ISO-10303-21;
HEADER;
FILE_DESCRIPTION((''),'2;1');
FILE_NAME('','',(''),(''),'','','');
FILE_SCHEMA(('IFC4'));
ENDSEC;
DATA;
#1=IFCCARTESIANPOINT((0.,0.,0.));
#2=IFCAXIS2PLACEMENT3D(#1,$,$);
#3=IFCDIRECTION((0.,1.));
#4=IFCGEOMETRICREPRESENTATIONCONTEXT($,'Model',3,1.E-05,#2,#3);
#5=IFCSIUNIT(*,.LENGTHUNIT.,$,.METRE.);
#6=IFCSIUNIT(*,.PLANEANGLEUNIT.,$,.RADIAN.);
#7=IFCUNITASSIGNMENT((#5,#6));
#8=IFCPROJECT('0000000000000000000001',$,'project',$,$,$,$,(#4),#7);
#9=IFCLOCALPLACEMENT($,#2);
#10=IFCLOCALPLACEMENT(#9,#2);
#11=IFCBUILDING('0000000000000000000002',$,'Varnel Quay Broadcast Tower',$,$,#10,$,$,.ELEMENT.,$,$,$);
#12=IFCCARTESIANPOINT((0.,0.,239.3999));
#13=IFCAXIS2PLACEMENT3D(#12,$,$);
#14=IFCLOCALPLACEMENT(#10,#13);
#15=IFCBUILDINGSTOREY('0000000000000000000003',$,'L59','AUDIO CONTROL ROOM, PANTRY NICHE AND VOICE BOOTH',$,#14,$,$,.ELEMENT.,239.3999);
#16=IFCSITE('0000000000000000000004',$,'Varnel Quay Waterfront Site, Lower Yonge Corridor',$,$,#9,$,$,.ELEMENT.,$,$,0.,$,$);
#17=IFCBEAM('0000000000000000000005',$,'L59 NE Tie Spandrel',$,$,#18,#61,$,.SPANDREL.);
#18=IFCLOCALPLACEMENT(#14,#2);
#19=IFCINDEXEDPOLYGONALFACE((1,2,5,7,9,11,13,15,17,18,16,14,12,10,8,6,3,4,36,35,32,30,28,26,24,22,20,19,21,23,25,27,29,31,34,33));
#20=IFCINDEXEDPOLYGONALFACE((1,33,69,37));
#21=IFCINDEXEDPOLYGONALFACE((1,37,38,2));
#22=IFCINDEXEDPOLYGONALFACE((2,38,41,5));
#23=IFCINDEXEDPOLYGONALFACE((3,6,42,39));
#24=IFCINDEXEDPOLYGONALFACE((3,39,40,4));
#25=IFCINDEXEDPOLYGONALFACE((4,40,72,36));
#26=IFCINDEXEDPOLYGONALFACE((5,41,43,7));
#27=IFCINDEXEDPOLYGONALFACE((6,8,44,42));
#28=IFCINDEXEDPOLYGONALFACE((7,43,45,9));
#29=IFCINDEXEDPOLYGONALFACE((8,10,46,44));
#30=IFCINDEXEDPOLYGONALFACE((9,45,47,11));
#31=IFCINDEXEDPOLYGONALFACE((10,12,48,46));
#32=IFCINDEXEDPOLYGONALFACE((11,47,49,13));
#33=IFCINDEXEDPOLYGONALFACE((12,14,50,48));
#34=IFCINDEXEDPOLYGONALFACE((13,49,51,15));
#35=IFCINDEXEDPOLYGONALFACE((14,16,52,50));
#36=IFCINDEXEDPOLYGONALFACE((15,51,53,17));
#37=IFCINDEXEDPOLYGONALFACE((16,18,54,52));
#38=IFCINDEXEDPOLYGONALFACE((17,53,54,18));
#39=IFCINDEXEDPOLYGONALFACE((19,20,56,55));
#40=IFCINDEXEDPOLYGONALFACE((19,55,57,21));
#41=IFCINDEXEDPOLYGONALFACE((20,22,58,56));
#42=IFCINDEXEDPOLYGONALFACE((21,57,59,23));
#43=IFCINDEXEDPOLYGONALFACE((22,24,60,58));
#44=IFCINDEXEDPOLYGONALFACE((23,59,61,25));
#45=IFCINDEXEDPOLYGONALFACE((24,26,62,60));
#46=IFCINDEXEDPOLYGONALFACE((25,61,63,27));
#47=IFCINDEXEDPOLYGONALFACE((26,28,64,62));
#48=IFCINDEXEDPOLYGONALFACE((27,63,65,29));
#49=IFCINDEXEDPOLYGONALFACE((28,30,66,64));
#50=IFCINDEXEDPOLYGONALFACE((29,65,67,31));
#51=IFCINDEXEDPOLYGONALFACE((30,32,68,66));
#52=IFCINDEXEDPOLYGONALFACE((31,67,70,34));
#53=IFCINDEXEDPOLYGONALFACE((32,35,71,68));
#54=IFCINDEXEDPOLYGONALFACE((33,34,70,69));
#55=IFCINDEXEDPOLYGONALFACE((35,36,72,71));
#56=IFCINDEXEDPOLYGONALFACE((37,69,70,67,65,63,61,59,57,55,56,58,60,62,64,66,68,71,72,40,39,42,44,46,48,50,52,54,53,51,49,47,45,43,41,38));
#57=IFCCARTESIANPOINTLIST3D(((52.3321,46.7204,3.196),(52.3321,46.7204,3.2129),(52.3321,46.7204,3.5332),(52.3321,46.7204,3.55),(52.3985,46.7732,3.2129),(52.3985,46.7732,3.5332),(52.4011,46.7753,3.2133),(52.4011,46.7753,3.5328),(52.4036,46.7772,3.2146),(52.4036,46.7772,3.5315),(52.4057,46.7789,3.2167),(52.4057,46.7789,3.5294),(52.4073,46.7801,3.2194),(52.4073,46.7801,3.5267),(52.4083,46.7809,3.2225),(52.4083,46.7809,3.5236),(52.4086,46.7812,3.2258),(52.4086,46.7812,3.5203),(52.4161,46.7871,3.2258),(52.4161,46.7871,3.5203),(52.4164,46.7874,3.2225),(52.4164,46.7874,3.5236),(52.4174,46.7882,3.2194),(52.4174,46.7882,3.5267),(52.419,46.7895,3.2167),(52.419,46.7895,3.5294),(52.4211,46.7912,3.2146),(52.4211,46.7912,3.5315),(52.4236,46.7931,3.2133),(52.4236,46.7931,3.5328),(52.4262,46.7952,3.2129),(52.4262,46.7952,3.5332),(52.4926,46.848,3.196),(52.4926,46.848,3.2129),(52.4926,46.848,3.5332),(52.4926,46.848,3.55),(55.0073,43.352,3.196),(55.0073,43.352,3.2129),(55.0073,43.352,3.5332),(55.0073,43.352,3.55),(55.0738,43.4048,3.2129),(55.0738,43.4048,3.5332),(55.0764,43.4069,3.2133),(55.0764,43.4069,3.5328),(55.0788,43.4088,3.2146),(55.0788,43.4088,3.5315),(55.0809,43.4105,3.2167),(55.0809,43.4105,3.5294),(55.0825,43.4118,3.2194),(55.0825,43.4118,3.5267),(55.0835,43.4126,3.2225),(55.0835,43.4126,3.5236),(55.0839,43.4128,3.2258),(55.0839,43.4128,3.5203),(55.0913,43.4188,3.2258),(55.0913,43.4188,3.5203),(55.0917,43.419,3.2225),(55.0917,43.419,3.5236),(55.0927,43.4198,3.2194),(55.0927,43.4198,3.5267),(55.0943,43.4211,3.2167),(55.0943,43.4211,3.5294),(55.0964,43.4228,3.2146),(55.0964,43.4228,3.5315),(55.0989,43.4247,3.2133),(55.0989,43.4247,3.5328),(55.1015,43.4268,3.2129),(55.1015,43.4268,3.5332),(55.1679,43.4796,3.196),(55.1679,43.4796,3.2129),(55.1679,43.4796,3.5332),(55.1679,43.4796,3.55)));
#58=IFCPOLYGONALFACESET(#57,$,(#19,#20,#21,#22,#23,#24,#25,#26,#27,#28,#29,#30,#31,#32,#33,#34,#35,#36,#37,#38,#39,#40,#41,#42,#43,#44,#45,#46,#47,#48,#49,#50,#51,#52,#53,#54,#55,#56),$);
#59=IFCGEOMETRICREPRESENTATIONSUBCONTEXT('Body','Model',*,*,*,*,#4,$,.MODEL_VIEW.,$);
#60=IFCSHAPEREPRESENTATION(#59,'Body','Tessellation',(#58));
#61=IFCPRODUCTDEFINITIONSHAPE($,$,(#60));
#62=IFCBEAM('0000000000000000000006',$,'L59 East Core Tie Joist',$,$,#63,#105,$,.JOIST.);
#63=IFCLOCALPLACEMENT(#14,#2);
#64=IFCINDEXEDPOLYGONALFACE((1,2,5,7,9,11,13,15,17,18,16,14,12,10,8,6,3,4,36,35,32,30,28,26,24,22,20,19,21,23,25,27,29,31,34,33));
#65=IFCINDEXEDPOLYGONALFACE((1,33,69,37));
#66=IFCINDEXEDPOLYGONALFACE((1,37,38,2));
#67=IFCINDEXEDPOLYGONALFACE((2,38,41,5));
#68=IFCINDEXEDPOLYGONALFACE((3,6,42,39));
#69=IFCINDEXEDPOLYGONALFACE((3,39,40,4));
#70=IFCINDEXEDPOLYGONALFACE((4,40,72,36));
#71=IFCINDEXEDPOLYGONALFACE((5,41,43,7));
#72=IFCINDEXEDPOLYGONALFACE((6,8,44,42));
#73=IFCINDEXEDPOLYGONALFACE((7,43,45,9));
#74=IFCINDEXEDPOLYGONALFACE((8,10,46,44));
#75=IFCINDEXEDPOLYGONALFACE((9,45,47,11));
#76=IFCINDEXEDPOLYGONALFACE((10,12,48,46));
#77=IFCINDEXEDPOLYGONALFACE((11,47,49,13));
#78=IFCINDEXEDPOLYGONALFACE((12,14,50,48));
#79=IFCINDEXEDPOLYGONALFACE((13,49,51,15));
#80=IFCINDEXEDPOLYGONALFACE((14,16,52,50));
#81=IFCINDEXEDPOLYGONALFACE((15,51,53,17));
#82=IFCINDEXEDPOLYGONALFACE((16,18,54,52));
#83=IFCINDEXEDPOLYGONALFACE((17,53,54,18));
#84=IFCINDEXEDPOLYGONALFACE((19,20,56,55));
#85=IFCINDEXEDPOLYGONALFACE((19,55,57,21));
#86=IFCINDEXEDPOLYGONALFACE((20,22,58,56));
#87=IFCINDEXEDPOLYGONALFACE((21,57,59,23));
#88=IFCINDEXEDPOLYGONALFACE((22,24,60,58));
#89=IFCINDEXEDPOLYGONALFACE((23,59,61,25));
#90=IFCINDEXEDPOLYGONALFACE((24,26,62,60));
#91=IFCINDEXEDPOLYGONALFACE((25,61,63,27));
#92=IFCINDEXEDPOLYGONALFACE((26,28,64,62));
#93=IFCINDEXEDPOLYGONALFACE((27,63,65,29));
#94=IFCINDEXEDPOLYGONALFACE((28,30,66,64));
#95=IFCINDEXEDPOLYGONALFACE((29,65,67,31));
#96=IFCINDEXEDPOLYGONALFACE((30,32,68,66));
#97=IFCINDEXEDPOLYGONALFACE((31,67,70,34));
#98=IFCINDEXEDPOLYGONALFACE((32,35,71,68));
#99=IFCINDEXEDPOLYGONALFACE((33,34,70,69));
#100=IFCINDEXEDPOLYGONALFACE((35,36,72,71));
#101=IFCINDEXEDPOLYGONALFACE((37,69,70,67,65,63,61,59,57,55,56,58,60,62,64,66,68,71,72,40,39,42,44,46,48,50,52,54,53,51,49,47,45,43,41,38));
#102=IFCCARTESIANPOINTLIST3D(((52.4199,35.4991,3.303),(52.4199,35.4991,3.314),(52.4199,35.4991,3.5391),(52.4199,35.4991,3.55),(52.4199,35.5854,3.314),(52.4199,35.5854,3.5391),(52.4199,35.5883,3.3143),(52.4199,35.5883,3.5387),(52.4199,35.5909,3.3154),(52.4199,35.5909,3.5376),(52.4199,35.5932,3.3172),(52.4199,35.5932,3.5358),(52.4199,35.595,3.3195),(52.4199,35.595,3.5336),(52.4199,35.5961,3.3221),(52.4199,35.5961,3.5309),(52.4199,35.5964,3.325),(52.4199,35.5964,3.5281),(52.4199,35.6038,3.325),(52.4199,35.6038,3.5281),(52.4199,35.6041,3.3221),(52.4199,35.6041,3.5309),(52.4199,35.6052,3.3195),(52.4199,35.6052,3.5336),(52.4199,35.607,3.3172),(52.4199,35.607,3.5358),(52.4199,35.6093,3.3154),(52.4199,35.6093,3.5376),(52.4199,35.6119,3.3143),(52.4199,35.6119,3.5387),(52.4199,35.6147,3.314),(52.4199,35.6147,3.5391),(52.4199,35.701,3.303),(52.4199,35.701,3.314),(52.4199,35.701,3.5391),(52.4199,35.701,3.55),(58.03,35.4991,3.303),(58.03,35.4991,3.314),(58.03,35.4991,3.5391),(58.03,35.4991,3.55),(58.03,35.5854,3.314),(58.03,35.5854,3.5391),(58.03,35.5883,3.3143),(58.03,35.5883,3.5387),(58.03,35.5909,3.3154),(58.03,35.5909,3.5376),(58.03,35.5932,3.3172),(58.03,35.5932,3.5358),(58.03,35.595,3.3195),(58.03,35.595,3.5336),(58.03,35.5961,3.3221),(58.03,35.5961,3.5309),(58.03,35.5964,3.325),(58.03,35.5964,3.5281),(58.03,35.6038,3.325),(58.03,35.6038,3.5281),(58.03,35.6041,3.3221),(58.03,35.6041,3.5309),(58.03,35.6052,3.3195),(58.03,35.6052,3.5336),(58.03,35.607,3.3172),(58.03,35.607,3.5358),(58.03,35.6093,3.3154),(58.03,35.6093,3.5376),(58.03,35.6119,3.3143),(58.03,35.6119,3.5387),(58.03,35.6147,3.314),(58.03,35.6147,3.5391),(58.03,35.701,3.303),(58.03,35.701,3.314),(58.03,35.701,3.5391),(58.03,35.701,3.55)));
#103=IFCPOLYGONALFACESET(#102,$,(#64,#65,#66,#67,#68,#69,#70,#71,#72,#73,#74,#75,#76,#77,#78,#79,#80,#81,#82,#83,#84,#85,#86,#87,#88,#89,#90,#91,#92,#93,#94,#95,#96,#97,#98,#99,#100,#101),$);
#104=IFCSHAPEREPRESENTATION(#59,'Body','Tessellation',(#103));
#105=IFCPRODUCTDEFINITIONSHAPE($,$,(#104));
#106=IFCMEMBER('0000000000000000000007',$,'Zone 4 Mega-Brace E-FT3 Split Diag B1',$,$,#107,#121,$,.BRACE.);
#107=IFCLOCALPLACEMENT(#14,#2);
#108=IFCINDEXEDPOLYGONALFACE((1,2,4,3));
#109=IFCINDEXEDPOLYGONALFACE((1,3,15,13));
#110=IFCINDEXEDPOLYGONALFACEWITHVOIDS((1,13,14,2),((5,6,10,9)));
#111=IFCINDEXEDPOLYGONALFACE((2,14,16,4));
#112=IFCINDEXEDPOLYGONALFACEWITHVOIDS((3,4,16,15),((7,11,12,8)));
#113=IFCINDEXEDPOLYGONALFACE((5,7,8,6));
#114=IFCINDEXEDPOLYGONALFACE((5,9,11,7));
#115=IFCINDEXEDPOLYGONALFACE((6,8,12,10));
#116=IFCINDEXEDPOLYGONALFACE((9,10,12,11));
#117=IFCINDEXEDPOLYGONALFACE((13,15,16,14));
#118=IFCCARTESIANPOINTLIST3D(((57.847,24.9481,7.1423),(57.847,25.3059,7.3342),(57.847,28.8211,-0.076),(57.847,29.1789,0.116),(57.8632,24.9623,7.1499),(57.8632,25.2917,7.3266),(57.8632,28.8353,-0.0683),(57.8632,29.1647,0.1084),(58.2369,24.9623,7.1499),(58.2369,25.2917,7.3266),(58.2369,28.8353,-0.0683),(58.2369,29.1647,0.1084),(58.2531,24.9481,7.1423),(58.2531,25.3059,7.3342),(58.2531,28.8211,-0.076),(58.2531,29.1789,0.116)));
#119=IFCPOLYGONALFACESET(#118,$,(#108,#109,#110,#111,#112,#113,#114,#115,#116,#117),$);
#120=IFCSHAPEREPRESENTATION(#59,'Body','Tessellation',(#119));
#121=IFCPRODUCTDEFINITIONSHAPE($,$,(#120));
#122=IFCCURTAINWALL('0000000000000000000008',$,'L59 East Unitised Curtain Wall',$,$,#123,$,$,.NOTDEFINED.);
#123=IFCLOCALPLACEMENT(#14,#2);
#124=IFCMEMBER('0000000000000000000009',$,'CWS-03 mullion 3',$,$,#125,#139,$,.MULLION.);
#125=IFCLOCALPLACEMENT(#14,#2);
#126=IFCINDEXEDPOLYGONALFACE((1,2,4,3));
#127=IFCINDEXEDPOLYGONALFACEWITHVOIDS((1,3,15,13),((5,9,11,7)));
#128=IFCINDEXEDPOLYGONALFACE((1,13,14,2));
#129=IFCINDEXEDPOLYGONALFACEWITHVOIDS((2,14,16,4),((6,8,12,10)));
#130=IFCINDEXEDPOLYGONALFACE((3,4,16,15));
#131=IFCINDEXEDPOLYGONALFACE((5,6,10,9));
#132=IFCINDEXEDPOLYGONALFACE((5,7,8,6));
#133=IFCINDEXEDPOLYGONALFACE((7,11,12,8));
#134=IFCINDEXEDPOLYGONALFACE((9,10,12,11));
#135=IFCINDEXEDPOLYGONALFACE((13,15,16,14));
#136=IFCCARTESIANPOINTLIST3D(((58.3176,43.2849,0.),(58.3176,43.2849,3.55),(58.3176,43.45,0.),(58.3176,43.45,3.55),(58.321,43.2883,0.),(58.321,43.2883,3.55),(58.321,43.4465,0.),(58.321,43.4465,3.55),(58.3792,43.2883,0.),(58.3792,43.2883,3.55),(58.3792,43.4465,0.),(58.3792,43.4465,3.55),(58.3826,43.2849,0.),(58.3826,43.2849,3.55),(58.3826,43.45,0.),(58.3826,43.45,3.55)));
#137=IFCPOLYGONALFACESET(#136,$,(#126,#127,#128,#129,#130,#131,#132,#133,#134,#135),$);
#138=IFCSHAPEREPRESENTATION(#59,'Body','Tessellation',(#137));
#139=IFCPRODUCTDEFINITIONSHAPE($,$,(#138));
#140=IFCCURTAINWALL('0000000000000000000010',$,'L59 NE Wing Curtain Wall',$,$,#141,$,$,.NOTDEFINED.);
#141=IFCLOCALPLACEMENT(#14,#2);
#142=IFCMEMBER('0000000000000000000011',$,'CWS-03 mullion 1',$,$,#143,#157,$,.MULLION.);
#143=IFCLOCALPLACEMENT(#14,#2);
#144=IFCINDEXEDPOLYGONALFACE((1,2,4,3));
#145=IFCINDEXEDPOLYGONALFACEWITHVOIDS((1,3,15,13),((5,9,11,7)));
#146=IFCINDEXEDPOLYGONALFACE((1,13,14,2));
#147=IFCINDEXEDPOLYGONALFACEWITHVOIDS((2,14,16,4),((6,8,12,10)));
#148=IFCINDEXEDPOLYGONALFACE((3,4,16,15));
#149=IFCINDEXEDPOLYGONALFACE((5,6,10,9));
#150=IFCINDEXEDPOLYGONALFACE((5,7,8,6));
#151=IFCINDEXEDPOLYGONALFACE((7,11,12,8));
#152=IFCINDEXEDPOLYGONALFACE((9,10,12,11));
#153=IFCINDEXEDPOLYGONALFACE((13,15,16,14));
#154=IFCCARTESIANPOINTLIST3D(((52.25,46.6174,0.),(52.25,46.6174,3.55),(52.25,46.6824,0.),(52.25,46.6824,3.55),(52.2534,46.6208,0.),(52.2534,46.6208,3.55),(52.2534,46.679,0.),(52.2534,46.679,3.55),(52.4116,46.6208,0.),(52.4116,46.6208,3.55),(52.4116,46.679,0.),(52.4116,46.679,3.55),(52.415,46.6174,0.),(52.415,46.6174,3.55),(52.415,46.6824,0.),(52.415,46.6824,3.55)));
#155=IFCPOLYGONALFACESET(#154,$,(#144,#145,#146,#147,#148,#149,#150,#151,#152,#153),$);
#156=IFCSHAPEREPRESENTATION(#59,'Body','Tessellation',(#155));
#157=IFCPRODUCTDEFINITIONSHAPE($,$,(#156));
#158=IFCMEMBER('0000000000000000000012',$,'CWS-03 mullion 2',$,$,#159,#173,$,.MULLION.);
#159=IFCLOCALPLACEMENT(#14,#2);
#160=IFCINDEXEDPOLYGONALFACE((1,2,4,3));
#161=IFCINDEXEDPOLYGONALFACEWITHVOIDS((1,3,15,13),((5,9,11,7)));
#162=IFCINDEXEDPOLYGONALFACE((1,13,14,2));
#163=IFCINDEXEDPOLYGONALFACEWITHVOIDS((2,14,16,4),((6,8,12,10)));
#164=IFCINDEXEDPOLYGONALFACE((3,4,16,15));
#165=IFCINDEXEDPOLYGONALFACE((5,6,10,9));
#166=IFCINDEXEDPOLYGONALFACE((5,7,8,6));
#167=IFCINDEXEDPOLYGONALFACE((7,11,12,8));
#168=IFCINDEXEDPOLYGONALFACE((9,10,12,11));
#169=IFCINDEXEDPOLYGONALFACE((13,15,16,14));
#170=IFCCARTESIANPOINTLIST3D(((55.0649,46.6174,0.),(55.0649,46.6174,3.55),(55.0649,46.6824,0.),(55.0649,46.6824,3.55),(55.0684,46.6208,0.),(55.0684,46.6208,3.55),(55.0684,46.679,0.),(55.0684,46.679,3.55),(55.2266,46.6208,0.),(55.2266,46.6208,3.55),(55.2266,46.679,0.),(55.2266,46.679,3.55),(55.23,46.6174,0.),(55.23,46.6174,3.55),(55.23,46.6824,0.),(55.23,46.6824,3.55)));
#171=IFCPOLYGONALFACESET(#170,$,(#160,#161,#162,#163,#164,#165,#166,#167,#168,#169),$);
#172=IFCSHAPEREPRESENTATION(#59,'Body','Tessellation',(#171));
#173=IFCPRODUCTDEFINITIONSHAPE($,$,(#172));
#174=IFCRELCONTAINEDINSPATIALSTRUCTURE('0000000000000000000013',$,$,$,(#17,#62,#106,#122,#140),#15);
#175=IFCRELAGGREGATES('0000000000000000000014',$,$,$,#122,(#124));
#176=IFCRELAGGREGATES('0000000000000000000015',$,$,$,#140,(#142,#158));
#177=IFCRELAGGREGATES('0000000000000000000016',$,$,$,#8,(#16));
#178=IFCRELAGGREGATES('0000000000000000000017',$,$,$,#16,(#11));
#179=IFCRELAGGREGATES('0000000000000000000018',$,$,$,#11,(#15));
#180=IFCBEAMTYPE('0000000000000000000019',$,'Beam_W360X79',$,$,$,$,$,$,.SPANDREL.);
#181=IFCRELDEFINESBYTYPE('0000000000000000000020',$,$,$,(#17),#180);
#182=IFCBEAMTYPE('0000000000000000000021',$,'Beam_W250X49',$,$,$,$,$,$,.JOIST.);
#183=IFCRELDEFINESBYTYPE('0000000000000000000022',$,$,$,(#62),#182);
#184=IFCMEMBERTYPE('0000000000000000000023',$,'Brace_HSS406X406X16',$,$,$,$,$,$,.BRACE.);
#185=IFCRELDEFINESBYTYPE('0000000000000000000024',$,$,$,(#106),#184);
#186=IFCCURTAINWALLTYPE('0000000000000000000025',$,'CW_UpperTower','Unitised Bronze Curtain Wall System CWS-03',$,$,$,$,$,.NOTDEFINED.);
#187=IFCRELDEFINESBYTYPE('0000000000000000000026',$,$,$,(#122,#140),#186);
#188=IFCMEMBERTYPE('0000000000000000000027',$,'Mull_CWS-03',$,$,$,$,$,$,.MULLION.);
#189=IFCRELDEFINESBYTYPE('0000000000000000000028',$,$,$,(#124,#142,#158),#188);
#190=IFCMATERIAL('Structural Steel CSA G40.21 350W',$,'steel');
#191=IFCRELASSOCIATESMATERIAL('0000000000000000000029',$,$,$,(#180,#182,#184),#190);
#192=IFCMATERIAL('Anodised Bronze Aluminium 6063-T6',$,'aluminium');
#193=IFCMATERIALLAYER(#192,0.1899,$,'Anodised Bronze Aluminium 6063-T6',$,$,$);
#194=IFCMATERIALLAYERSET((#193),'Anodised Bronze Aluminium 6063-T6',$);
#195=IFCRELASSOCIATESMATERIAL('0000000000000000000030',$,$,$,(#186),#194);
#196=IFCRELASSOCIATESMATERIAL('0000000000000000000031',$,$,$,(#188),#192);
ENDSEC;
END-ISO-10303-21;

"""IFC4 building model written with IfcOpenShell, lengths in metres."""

from ifc_helpers import new_model, si_unit, direction, frame, origin, origin_2d, place, context, subcontext, project, spatial, hollow_rectangle, i_section, extrude, source, transform, mapped, material, layer, layer_set, material_profile, profile_set, type_object, type_shapes, element, aggregate, save


model = new_model("IFC4")

# Units and contexts
model_context = context("Model", 3, precision=1e-05, world=origin(), true_north=direction((0.0, 1.0)))
body_context = subcontext(model_context, "Body", "Model", "MODEL_VIEW")
ifc_project = project(units=[si_unit("LENGTHUNIT", "METRE"), si_unit("PLANEANGLEUNIT", "RADIAN")], contexts=[model_context])

# Site, building, storey
site_placement = place(None, origin())
site = spatial("IfcSite", under=ifc_project, at=site_placement, Name="Varnel Quay Waterfront Site, Lower Yonge Corridor", CompositionType="ELEMENT", RefElevation=0.0)
building_placement = place(site_placement, origin())
building = spatial("IfcBuilding", under=site, at=building_placement, Name="Varnel Quay Broadcast Tower", CompositionType="ELEMENT")
storey_placement = place(building_placement, frame((0.0, 0.0, 239.3999)))
storey = spatial("IfcBuildingStorey", under=building, at=storey_placement, Name="L59", Description="AUDIO CONTROL ROOM, PANTRY NICHE AND VOICE BOOTH", CompositionType="ELEMENT", Elevation=239.3999)

# Shared definitions
ifc_material_1 = material(Name="Structural Steel CSA G40.21 350W", Category="steel")

# Beams
ifc_material_profile_1 = material_profile(ifc_material_1, i_section(OverallWidth=0.2051, OverallDepth=0.354, WebThickness=0.0095, FlangeThickness=0.0168, FilletRadius=0.0129, at=origin_2d()), Name="W360X79")
ifc_profile_set_1 = profile_set([ifc_material_profile_1], Name="Structural Steel CSA G40.21 350W")
beam_type_1 = type_object("IfcBeamType", Name="Beam_W360X79", PredefinedType="SPANDREL", material=ifc_profile_set_1)
shared_shape_1 = source(origin(), body_context, "Body", "SweptSolid", [
    extrude(i_section(OverallWidth=0.2051, OverallDepth=0.354, WebThickness=0.0095, FlangeThickness=0.0168, FilletRadius=0.0129, at=origin_2d()), origin(), (0.0, 0.0, 1.0), 4.3015),
])
beam_1_placement = place(storey_placement, frame((52.4124, 46.7842, 3.373), z_axis=(0.621936, -0.783068, 0.0), x_axis=(0.783068, 0.621936, 0.0)))
element("IfcBeam", 1, at=beam_1_placement, inside=storey, type_object=beam_type_1, Name="L59 NE Tie Spandrel", PredefinedType="SPANDREL", context=body_context, shape_type="MappedRepresentation", body=[
    mapped(shared_shape_1, transform((0.0, 0.0, 0.0), x_axis=(1.0, 0.0, 0.0), y_axis=(0.0, 1.0, 0.0), z_axis=(0.0, 0.0, 1.0), scale=1.0)),
])
ifc_material_profile_2 = material_profile(ifc_material_1, i_section(OverallWidth=0.2019, OverallDepth=0.2471, WebThickness=0.0073, FlangeThickness=0.011, FilletRadius=0.011, at=origin_2d()), Name="W250X49")
ifc_profile_set_2 = profile_set([ifc_material_profile_2], Name="Structural Steel CSA G40.21 350W")
beam_type_2 = type_object("IfcBeamType", Name="Beam_W250X49", PredefinedType="JOIST", material=ifc_profile_set_2)
shared_shape_2 = source(origin(), body_context, "Body", "SweptSolid", [
    extrude(i_section(OverallWidth=0.2019, OverallDepth=0.2471, WebThickness=0.0073, FlangeThickness=0.011, FilletRadius=0.011, at=origin_2d()), origin(), (0.0, 0.0, 1.0), 5.6101),
])
type_shapes(beam_type_2, [shared_shape_2])
beam_2_placement = place(storey_placement, frame((52.4199, 35.6001, 3.4265), z_axis=(1.0, 0.0, 0.0), x_axis=(0.0, 1.0, 0.0)))
element("IfcBeam", 2, at=beam_2_placement, inside=storey, type_object=beam_type_2, Name="L59 East Core Tie Joist", PredefinedType="JOIST", context=body_context, shape_type="MappedRepresentation", body=[
    mapped(shared_shape_2, transform((0.0, 0.0, 0.0), x_axis=(1.0, 0.0, 0.0), y_axis=(0.0, 1.0, 0.0), z_axis=(0.0, 0.0, 1.0), scale=1.0)),
])

# Member
ifc_material_profile_3 = material_profile(ifc_material_1, hollow_rectangle(XDim=0.406, YDim=0.406, WallThickness=0.0161, at=origin_2d()), Name="HSS406X406X16")
ifc_profile_set_3 = profile_set([ifc_material_profile_3], Name="Structural Steel CSA G40.21 350W")
member_type_1 = type_object("IfcMemberType", Name="Brace_HSS406X406X16", PredefinedType="BRACE", material=ifc_profile_set_3)
shared_shape_3 = source(origin(), body_context, "Body", "SweptSolid", [
    extrude(hollow_rectangle(XDim=0.406, YDim=0.406, WallThickness=0.0161, at=origin_2d()), origin(), (0.0, 0.0, 1.0), 8.1917),
])
type_shapes(member_type_1, [shared_shape_3])
member_1_placement = place(storey_placement, frame((58.05, 29.0, 0.02), z_axis=(0.0, -0.472802, 0.881169), x_axis=(1.0, 0.0, 0.0)))
element("IfcMember", 3, at=member_1_placement, inside=storey, type_object=member_type_1, Name="Zone 4 Mega-Brace E-FT3 Split Diag B1", PredefinedType="BRACE", context=body_context, shape_type="MappedRepresentation", body=[
    mapped(shared_shape_3, transform((0.0, 0.0, 0.0), x_axis=(1.0, 0.0, 0.0), y_axis=(0.0, 1.0, 0.0), z_axis=(0.0, 0.0, 1.0), scale=1.0)),
])

# Curtain wall, member
ifc_material_2 = material(Name="Anodised Bronze Aluminium 6063-T6", Category="aluminium")
ifc_layer_1 = layer(ifc_material_2, 0.1899, Name="Anodised Bronze Aluminium 6063-T6")
ifc_layer_set_1 = layer_set([ifc_layer_1], Name="Anodised Bronze Aluminium 6063-T6")
curtain_wall_type = type_object("IfcCurtainWallType", Name="CW_UpperTower", Description="Unitised Bronze Curtain Wall System CWS-03", PredefinedType="NOTDEFINED", material=ifc_layer_set_1)
curtain_wall_1_placement = place(storey_placement, origin())
curtain_wall_1 = element("IfcCurtainWall", 4, at=curtain_wall_1_placement, inside=storey, type_object=curtain_wall_type, Name="L59 East Unitised Curtain Wall", PredefinedType="NOTDEFINED")
ifc_material_profile_4 = material_profile(ifc_material_2, hollow_rectangle(XDim=0.0649, YDim=0.165, WallThickness=0.0034, at=origin_2d()), Name="ALU65X165X3.5")
ifc_profile_set_4 = profile_set([ifc_material_profile_4], Name="Anodised Bronze Aluminium 6063-T6")
member_type_2 = type_object("IfcMemberType", Name="Mull_CWS-03", PredefinedType="MULLION", material=ifc_profile_set_4)
shared_shape_4 = source(origin(), body_context, "Body", "SweptSolid", [
    extrude(hollow_rectangle(XDim=0.0649, YDim=0.165, WallThickness=0.0034, at=origin_2d()), origin(), (0.0, 0.0, 1.0), 3.55),
])
type_shapes(member_type_2, [shared_shape_4])
member_2_placement = place(storey_placement, frame((58.3501, 43.3674, 0.0), z_axis=(0.0, 0.0, 1.0), x_axis=(-1.0, 0.0, 0.0)))
member_2 = element("IfcMember", 5, at=member_2_placement, type_object=member_type_2, Name="CWS-03 mullion 3", PredefinedType="MULLION", context=body_context, shape_type="MappedRepresentation", body=[
    mapped(shared_shape_4, transform((0.0, 0.0, 0.0), x_axis=(1.0, 0.0, 0.0), y_axis=(0.0, 1.0, 0.0), z_axis=(0.0, 0.0, 1.0), scale=1.0)),
])

# Curtain wall, members
curtain_wall_2_placement = place(storey_placement, origin())
curtain_wall_2 = element("IfcCurtainWall", 6, at=curtain_wall_2_placement, inside=storey, type_object=curtain_wall_type, Name="L59 NE Wing Curtain Wall", PredefinedType="NOTDEFINED")
member_3_placement = place(storey_placement, frame((52.3325, 46.6499, 0.0), z_axis=(0.0, 0.0, 1.0), x_axis=(0.0, 1.0, 0.0)))
member_3 = element("IfcMember", 7, at=member_3_placement, type_object=member_type_2, Name="CWS-03 mullion 1", PredefinedType="MULLION", context=body_context, shape_type="MappedRepresentation", body=[
    mapped(shared_shape_4, transform((0.0, 0.0, 0.0), x_axis=(1.0, 0.0, 0.0), y_axis=(0.0, 1.0, 0.0), z_axis=(0.0, 0.0, 1.0), scale=1.0)),
])
member_4_placement = place(storey_placement, frame((55.1475, 46.6499, 0.0), z_axis=(0.0, 0.0, 1.0), x_axis=(0.0, 1.0, 0.0)))
member_4 = element("IfcMember", 8, at=member_4_placement, type_object=member_type_2, Name="CWS-03 mullion 2", PredefinedType="MULLION", context=body_context, shape_type="MappedRepresentation", body=[
    mapped(shared_shape_4, transform((0.0, 0.0, 0.0), x_axis=(1.0, 0.0, 0.0), y_axis=(0.0, 1.0, 0.0), z_axis=(0.0, 0.0, 1.0), scale=1.0)),
])

aggregate(curtain_wall_1, [member_2])
aggregate(curtain_wall_2, [member_3, member_4])

save(model, "model.ifc")
